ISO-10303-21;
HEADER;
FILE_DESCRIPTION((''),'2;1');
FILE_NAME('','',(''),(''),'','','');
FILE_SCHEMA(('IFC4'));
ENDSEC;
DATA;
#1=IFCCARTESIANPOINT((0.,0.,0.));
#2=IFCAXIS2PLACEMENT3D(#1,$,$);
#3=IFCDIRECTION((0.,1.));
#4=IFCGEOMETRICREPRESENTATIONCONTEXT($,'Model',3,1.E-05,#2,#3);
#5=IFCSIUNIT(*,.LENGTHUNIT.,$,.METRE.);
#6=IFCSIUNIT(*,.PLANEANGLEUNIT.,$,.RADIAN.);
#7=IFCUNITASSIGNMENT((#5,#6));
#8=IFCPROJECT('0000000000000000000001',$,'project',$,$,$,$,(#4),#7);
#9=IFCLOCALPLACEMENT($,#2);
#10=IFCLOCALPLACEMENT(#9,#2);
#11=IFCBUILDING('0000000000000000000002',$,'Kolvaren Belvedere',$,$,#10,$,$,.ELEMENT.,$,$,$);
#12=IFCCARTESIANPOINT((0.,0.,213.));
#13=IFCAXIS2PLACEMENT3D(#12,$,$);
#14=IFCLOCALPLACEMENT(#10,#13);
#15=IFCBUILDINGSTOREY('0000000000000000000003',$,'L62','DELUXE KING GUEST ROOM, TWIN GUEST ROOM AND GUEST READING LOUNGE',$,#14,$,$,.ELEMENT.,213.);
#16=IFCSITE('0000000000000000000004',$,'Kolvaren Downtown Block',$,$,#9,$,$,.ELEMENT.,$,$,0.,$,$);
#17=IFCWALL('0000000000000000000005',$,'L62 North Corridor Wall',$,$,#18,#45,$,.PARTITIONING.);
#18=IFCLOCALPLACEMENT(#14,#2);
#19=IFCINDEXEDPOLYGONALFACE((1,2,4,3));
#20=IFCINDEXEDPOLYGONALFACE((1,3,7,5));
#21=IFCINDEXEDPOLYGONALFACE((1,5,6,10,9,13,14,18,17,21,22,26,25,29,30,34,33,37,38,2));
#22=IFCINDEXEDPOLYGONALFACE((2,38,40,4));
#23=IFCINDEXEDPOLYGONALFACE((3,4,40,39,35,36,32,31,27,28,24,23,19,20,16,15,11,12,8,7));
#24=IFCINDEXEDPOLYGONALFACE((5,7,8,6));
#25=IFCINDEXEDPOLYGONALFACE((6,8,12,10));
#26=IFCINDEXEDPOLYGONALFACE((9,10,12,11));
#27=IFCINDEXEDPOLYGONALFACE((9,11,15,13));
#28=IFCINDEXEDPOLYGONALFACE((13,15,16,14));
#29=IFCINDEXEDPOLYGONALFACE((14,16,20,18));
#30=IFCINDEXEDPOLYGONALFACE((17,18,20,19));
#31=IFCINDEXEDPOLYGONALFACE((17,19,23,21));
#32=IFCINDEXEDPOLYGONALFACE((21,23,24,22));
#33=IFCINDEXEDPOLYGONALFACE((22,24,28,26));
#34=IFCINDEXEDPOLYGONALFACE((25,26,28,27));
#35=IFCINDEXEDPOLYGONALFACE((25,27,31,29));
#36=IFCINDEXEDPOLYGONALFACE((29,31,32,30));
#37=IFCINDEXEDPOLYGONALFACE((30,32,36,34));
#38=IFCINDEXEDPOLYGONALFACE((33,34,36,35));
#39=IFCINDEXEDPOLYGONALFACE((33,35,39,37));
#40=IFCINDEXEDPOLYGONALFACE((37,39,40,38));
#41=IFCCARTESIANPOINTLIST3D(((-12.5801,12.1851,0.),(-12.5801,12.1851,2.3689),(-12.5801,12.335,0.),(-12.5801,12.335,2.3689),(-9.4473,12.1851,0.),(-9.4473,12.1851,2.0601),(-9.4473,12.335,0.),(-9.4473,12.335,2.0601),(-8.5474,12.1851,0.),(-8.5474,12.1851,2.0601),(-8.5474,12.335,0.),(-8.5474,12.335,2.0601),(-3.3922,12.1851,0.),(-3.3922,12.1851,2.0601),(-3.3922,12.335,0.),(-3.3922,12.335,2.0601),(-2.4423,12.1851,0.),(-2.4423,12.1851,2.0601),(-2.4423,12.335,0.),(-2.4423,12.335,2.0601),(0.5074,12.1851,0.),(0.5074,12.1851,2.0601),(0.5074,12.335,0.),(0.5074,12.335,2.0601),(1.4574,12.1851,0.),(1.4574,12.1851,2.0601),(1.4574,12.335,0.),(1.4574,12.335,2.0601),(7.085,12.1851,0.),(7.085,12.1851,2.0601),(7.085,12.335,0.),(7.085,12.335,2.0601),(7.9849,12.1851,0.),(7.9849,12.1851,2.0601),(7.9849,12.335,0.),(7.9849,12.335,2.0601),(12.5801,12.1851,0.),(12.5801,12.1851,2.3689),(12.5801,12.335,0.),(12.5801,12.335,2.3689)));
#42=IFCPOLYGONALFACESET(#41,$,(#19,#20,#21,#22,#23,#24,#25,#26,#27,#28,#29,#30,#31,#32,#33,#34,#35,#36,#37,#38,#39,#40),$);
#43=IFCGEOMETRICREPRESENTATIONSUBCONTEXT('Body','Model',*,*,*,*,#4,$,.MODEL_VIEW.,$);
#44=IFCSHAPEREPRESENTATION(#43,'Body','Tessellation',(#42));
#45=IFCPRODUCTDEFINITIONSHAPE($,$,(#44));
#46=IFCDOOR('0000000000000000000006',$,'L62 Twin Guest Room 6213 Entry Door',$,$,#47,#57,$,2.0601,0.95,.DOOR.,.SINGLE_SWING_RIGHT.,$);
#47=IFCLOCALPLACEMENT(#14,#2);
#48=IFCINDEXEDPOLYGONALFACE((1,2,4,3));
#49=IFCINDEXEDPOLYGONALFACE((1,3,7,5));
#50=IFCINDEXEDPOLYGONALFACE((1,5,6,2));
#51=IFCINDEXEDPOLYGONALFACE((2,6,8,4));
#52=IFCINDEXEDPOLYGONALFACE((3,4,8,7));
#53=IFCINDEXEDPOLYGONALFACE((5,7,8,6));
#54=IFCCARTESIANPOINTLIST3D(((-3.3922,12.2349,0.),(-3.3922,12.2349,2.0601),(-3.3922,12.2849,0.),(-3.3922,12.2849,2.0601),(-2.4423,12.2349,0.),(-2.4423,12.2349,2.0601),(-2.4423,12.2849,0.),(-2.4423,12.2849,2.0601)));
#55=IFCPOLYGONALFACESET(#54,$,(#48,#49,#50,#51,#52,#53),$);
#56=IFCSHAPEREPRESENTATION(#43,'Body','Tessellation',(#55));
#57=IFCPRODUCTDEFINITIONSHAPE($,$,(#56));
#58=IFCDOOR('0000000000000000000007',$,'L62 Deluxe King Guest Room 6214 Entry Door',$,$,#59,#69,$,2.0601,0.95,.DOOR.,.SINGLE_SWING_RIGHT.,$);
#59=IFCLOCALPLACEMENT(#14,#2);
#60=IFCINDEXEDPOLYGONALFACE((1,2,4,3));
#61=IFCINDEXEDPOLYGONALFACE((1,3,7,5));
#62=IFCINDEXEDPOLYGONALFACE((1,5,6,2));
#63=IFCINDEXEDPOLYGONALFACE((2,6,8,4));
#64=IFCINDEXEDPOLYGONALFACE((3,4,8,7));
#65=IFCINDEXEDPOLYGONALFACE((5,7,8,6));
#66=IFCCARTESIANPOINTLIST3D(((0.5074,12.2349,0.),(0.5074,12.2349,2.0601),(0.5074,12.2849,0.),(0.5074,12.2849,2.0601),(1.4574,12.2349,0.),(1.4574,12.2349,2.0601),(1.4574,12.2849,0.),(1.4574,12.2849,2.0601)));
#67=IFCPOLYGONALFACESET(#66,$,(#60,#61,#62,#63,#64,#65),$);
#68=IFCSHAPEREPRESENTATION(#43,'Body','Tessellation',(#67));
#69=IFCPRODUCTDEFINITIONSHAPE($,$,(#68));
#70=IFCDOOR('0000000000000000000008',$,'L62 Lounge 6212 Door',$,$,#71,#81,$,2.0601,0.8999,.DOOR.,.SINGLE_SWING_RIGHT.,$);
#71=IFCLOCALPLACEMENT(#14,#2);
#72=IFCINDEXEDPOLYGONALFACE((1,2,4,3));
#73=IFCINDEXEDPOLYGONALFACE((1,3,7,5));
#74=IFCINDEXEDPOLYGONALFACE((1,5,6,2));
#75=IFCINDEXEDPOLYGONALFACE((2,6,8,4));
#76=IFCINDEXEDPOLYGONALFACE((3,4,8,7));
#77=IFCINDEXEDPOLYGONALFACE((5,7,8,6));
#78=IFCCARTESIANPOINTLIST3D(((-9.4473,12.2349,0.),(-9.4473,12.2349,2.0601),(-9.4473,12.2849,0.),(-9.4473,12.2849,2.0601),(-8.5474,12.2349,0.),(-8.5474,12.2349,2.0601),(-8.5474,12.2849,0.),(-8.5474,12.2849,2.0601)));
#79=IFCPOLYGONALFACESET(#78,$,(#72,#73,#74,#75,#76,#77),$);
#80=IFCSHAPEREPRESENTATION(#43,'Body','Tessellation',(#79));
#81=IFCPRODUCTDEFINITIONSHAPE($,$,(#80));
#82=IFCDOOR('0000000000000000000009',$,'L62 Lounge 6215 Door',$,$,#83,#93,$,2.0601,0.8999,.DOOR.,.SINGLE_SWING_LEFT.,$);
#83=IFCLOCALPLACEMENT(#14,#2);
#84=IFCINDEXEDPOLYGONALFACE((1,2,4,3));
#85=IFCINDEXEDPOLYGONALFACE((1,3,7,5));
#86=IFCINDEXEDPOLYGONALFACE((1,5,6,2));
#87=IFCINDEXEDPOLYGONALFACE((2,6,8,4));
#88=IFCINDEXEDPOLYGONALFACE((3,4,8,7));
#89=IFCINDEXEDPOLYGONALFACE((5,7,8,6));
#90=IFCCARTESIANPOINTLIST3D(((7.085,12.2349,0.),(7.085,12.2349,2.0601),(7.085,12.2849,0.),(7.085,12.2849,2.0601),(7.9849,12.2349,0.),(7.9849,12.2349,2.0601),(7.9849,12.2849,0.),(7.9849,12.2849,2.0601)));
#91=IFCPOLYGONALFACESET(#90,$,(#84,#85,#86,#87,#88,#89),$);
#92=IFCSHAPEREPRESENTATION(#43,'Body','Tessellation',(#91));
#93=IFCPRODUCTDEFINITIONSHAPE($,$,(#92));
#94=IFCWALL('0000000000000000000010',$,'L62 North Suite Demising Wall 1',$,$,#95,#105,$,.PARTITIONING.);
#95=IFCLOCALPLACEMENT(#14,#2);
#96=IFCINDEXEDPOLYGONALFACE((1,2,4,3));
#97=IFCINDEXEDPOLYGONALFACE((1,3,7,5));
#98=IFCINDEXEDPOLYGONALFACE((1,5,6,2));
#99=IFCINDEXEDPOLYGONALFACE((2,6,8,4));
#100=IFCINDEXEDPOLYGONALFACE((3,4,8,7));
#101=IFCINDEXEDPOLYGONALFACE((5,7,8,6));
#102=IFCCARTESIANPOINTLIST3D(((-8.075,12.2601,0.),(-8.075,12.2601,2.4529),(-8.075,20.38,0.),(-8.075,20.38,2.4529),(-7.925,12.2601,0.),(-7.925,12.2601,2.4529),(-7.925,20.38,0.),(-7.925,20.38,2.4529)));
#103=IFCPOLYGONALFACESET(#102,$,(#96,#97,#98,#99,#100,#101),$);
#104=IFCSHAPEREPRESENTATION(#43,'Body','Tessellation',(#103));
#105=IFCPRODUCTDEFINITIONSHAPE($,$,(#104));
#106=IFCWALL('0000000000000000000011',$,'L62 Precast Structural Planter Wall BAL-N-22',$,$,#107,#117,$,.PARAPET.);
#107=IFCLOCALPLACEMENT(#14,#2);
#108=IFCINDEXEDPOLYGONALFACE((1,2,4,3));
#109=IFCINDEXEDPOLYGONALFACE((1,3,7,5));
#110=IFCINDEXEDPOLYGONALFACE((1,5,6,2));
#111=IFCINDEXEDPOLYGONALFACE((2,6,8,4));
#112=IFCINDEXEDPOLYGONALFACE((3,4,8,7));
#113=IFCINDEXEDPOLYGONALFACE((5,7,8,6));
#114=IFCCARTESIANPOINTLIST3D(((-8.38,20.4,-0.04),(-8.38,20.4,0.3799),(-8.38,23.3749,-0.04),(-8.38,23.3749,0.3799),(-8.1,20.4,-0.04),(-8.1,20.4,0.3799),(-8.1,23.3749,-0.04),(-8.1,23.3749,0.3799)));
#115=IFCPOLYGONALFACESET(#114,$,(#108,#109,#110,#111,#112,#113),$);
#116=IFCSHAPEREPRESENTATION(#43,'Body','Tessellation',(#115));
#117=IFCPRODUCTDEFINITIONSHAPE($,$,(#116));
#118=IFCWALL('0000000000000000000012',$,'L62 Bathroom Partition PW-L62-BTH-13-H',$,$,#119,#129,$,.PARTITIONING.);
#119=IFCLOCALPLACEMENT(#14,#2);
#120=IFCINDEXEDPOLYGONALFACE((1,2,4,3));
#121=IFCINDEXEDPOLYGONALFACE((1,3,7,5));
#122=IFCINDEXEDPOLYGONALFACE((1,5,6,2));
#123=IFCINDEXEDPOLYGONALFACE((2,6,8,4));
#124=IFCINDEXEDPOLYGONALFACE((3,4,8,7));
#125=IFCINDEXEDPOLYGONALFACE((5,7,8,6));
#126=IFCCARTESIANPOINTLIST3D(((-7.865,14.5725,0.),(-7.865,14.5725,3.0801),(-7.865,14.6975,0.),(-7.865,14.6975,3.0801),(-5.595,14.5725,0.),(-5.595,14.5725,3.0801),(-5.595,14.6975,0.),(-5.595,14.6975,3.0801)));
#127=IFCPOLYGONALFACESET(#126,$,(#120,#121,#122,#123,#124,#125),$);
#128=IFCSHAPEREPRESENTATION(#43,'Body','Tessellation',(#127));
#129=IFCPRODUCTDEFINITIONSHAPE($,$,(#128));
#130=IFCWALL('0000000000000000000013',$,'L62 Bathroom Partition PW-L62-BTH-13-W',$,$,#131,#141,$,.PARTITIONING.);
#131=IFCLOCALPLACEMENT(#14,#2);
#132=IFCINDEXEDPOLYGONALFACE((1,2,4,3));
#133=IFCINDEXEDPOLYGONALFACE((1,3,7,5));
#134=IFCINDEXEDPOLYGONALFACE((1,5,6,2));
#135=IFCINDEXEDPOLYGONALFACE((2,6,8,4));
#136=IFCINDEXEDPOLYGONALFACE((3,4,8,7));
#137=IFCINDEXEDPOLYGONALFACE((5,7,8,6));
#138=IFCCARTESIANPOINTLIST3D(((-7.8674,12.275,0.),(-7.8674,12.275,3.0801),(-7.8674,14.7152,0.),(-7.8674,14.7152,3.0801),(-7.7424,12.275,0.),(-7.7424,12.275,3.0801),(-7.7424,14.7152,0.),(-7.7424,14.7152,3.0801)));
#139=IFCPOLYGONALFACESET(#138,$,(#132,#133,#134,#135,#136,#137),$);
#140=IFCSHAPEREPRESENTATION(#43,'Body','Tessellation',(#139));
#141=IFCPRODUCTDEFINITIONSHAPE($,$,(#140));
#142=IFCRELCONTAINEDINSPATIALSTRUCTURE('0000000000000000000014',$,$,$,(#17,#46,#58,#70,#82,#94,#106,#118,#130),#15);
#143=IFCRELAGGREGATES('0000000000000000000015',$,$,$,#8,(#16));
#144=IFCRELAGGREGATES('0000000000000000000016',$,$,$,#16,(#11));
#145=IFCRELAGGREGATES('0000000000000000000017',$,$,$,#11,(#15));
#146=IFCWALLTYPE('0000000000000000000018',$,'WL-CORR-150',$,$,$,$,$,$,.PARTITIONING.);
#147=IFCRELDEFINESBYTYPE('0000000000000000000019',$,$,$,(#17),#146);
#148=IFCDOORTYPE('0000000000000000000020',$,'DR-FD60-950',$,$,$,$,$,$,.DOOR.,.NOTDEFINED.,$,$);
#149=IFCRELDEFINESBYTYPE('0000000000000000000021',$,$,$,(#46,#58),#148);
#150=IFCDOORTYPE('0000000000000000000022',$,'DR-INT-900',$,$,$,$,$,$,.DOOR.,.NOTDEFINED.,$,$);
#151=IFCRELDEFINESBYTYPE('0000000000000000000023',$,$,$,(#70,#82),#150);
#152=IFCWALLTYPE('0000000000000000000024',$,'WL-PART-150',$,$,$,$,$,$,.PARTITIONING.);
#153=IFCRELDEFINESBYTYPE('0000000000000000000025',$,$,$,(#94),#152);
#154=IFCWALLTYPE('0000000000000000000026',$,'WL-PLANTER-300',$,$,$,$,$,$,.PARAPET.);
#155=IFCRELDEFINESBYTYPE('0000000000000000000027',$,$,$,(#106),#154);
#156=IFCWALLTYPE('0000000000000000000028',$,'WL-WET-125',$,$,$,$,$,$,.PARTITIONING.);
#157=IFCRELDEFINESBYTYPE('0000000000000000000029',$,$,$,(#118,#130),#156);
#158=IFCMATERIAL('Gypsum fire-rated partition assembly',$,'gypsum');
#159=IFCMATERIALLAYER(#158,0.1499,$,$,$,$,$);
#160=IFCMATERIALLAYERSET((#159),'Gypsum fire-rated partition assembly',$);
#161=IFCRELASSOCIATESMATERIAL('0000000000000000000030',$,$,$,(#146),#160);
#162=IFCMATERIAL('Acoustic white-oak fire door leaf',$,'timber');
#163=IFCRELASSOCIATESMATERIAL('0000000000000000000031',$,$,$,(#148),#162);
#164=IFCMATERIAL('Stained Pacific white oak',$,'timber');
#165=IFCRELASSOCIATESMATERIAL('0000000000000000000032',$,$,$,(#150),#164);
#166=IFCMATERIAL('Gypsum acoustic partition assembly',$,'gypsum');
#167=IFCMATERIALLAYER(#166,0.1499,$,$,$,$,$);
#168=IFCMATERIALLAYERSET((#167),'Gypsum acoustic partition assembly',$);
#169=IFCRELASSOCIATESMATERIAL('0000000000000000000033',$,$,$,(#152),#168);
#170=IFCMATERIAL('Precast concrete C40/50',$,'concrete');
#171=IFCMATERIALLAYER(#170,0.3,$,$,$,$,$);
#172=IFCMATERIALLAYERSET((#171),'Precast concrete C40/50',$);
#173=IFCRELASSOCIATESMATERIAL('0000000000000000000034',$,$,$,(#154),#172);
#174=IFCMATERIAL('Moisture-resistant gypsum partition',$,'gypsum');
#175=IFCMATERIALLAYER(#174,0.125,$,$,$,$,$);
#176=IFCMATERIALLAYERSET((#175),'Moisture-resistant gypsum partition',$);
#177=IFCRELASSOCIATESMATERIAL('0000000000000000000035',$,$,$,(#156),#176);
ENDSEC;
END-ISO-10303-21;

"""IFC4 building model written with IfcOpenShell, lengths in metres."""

from ifc_helpers import new_model, si_unit, direction, frame, frame_2d, origin, place, context, subcontext, project, spatial, rectangle, extrude, material, layer, layer_set, type_object, element, fill, save


model = new_model("IFC4")

# Units and contexts
model_context = context("Model", 3, precision=1e-05, world=origin(), true_north=direction((0.0, 1.0)))
body_context = subcontext(model_context, "Body", "Model", "MODEL_VIEW")
ifc_project = project(units=[si_unit("LENGTHUNIT", "METRE"), si_unit("PLANEANGLEUNIT", "RADIAN")], contexts=[model_context])

# Site, building, storey
site_placement = place(None, origin())
site = spatial("IfcSite", under=ifc_project, at=site_placement, Name="Kolvaren Downtown Block", CompositionType="ELEMENT", RefElevation=0.0)
building_placement = place(site_placement, origin())
building = spatial("IfcBuilding", under=site, at=building_placement, Name="Kolvaren Belvedere", CompositionType="ELEMENT")
storey_placement = place(building_placement, frame((0.0, 0.0, 213.0)))
storey = spatial("IfcBuildingStorey", under=building, at=storey_placement, Name="L62", Description="DELUXE KING GUEST ROOM, TWIN GUEST ROOM AND GUEST READING LOUNGE", CompositionType="ELEMENT", Elevation=213.0)

# Wall, openings, doors
ifc_material_1 = material(Name="Gypsum fire-rated partition assembly", Category="gypsum")
ifc_layer_1 = layer(ifc_material_1, 0.1499)
ifc_layer_set_1 = layer_set([ifc_layer_1], Name="Gypsum fire-rated partition assembly")
wall_type_1 = type_object("IfcWallType", Name="WL-CORR-150", PredefinedType="PARTITIONING", material=ifc_layer_set_1)
wall_1_placement = place(storey_placement, frame((-12.5801, 12.26, 0.0), z_axis=(0.0, 0.0, 1.0), x_axis=(1.0, 0.0, 0.0)))
wall_1 = element("IfcWall", 1, at=wall_1_placement, inside=storey, type_object=wall_type_1, Name="L62 North Corridor Wall", PredefinedType="PARTITIONING", context=body_context, shape_type="SweptSolid", body=[
    extrude(rectangle(XDim=25.1602, YDim=0.1499, at=frame_2d((12.5801, 0.0))), origin(), (0.0, 0.0, 1.0), 2.3689),
])
opening_1_placement = place(wall_1_placement, frame((3.1328, 0.0, 0.0)))
opening_1 = element("IfcOpeningElement", 2, at=opening_1_placement, cuts=wall_1, PredefinedType="OPENING", context=body_context, shape_type="SweptSolid", body=[
    extrude(rectangle(XDim=0.8999, YDim=2.0601, at=frame_2d((0.45, 1.03))), frame((0.0, 0.085, 0.0), z_axis=(0.0, -1.0, 0.0), x_axis=(1.0, 0.0, 0.0)), (0.0, 0.0, 1.0), 0.1699),
])
opening_2_placement = place(wall_1_placement, frame((9.1877, 0.0, 0.0)))
opening_2 = element("IfcOpeningElement", 3, at=opening_2_placement, cuts=wall_1, PredefinedType="OPENING", context=body_context, shape_type="SweptSolid", body=[
    extrude(rectangle(XDim=0.95, YDim=2.0601, at=frame_2d((0.4751, 1.03))), frame((0.0, 0.085, 0.0), z_axis=(0.0, -1.0, 0.0), x_axis=(1.0, 0.0, 0.0)), (0.0, 0.0, 1.0), 0.1699),
])
opening_3_placement = place(wall_1_placement, frame((13.0874, 0.0, 0.0)))
opening_3 = element("IfcOpeningElement", 4, at=opening_3_placement, cuts=wall_1, PredefinedType="OPENING", context=body_context, shape_type="SweptSolid", body=[
    extrude(rectangle(XDim=0.95, YDim=2.0601, at=frame_2d((0.4751, 1.03))), frame((0.0, 0.085, 0.0), z_axis=(0.0, -1.0, 0.0), x_axis=(1.0, 0.0, 0.0)), (0.0, 0.0, 1.0), 0.1699),
])
opening_4_placement = place(wall_1_placement, frame((19.665, 0.0, 0.0)))
opening_4 = element("IfcOpeningElement", 5, at=opening_4_placement, cuts=wall_1, PredefinedType="OPENING", context=body_context, shape_type="SweptSolid", body=[
    extrude(rectangle(XDim=0.8999, YDim=2.0601, at=frame_2d((0.45, 1.03))), frame((0.0, 0.085, 0.0), z_axis=(0.0, -1.0, 0.0), x_axis=(1.0, 0.0, 0.0)), (0.0, 0.0, 1.0), 0.1699),
])
ifc_material_2 = material(Name="Acoustic white-oak fire door leaf", Category="timber")
door_type_1 = type_object("IfcDoorType", Name="DR-FD60-950", OperationType="NOTDEFINED", PredefinedType="DOOR", material=ifc_material_2)
door_1_placement = place(opening_2_placement, origin())
door_1 = element("IfcDoor", 6, at=door_1_placement, inside=storey, type_object=door_type_1, Name="L62 Twin Guest Room 6213 Entry Door", OperationType="SINGLE_SWING_RIGHT", OverallHeight=2.0601, OverallWidth=0.95, PredefinedType="DOOR", context=body_context, shape_type="SweptSolid", body=[
    extrude(rectangle(XDim=0.95, YDim=2.0601, at=frame_2d((0.4751, 1.03))), frame((0.0, 0.0249, 0.0), z_axis=(0.0, -1.0, 0.0), x_axis=(1.0, 0.0, 0.0)), (0.0, 0.0, 1.0), 0.05),
])
fill(opening_2, door_1)
door_2_placement = place(opening_3_placement, origin())
door_2 = element("IfcDoor", 7, at=door_2_placement, inside=storey, type_object=door_type_1, Name="L62 Deluxe King Guest Room 6214 Entry Door", OperationType="SINGLE_SWING_RIGHT", OverallHeight=2.0601, OverallWidth=0.95, PredefinedType="DOOR", context=body_context, shape_type="SweptSolid", body=[
    extrude(rectangle(XDim=0.95, YDim=2.0601, at=frame_2d((0.4751, 1.03))), frame((0.0, 0.0249, 0.0), z_axis=(0.0, -1.0, 0.0), x_axis=(1.0, 0.0, 0.0)), (0.0, 0.0, 1.0), 0.05),
])
fill(opening_3, door_2)
ifc_material_3 = material(Name="Stained Pacific white oak", Category="timber")
door_type_2 = type_object("IfcDoorType", Name="DR-INT-900", OperationType="NOTDEFINED", PredefinedType="DOOR", material=ifc_material_3)
door_3_placement = place(opening_1_placement, origin())
door_3 = element("IfcDoor", 8, at=door_3_placement, inside=storey, type_object=door_type_2, Name="L62 Lounge 6212 Door", OperationType="SINGLE_SWING_RIGHT", OverallHeight=2.0601, OverallWidth=0.8999, PredefinedType="DOOR", context=body_context, shape_type="SweptSolid", body=[
    extrude(rectangle(XDim=0.8999, YDim=2.0601, at=frame_2d((0.45, 1.03))), frame((0.0, 0.0249, 0.0), z_axis=(0.0, -1.0, 0.0), x_axis=(1.0, 0.0, 0.0)), (0.0, 0.0, 1.0), 0.05),
])
fill(opening_1, door_3)
door_4_placement = place(opening_4_placement, origin())
door_4 = element("IfcDoor", 9, at=door_4_placement, inside=storey, type_object=door_type_2, Name="L62 Lounge 6215 Door", OperationType="SINGLE_SWING_LEFT", OverallHeight=2.0601, OverallWidth=0.8999, PredefinedType="DOOR", context=body_context, shape_type="SweptSolid", body=[
    extrude(rectangle(XDim=0.8999, YDim=2.0601, at=frame_2d((0.45, 1.03))), frame((0.0, 0.0249, 0.0), z_axis=(0.0, -1.0, 0.0), x_axis=(1.0, 0.0, 0.0)), (0.0, 0.0, 1.0), 0.05),
])
fill(opening_4, door_4)

# Walls
ifc_material_4 = material(Name="Gypsum acoustic partition assembly", Category="gypsum")
ifc_layer_2 = layer(ifc_material_4, 0.1499)
ifc_layer_set_2 = layer_set([ifc_layer_2], Name="Gypsum acoustic partition assembly")
wall_type_2 = type_object("IfcWallType", Name="WL-PART-150", PredefinedType="PARTITIONING", material=ifc_layer_set_2)
wall_2_placement = place(storey_placement, frame((-8.0, 12.26, 0.0), z_axis=(0.0, 0.0, 1.0), x_axis=(0.0, 1.0, 0.0)))
element("IfcWall", 10, at=wall_2_placement, inside=storey, type_object=wall_type_2, Name="L62 North Suite Demising Wall 1", PredefinedType="PARTITIONING", context=body_context, shape_type="SweptSolid", body=[
    extrude(rectangle(XDim=8.1199, YDim=0.1499, at=frame_2d((4.0601, 0.0))), origin(), (0.0, 0.0, 1.0), 2.4529),
])
ifc_material_5 = material(Name="Precast concrete C40/50", Category="concrete")
ifc_layer_3 = layer(ifc_material_5, 0.3)
ifc_layer_set_3 = layer_set([ifc_layer_3], Name="Precast concrete C40/50")
wall_type_3 = type_object("IfcWallType", Name="WL-PLANTER-300", PredefinedType="PARAPET", material=ifc_layer_set_3)
wall_3_placement = place(storey_placement, frame((-8.24, 23.3748, -0.04), z_axis=(0.0, 0.0, 1.0), x_axis=(0.0, -1.0, 0.0)))
element("IfcWall", 11, at=wall_3_placement, inside=storey, type_object=wall_type_3, Name="L62 Precast Structural Planter Wall BAL-N-22", PredefinedType="PARAPET", context=body_context, shape_type="SweptSolid", body=[
    extrude(rectangle(XDim=2.9749, YDim=0.28, at=frame_2d((1.4873, 0.0))), origin(), (0.0, 0.0, 1.0), 0.4199),
])
ifc_material_6 = material(Name="Moisture-resistant gypsum partition", Category="gypsum")
ifc_layer_4 = layer(ifc_material_6, 0.125)
ifc_layer_set_4 = layer_set([ifc_layer_4], Name="Moisture-resistant gypsum partition")
wall_type_4 = type_object("IfcWallType", Name="WL-WET-125", PredefinedType="PARTITIONING", material=ifc_layer_set_4)
wall_4_placement = place(storey_placement, frame((-7.865, 14.635, 0.0), z_axis=(0.0, 0.0, 1.0), x_axis=(1.0, 0.0, 0.0)))
element("IfcWall", 12, at=wall_4_placement, inside=storey, type_object=wall_type_4, Name="L62 Bathroom Partition PW-L62-BTH-13-H", PredefinedType="PARTITIONING", context=body_context, shape_type="SweptSolid", body=[
    extrude(rectangle(XDim=2.27, YDim=0.125, at=frame_2d((1.135, 0.0))), origin(), (0.0, 0.0, 1.0), 3.0801),
])
wall_5_placement = place(storey_placement, frame((-7.8049, 12.2749, 0.0), z_axis=(0.0, 0.0, 1.0), x_axis=(0.0, 1.0, 0.0)))
element("IfcWall", 13, at=wall_5_placement, inside=storey, type_object=wall_type_4, Name="L62 Bathroom Partition PW-L62-BTH-13-W", PredefinedType="PARTITIONING", context=body_context, shape_type="SweptSolid", body=[
    extrude(rectangle(XDim=2.4402, YDim=0.125, at=frame_2d((1.2202, 0.0))), origin(), (0.0, 0.0, 1.0), 3.0801),
])

save(model, "model.ifc")
